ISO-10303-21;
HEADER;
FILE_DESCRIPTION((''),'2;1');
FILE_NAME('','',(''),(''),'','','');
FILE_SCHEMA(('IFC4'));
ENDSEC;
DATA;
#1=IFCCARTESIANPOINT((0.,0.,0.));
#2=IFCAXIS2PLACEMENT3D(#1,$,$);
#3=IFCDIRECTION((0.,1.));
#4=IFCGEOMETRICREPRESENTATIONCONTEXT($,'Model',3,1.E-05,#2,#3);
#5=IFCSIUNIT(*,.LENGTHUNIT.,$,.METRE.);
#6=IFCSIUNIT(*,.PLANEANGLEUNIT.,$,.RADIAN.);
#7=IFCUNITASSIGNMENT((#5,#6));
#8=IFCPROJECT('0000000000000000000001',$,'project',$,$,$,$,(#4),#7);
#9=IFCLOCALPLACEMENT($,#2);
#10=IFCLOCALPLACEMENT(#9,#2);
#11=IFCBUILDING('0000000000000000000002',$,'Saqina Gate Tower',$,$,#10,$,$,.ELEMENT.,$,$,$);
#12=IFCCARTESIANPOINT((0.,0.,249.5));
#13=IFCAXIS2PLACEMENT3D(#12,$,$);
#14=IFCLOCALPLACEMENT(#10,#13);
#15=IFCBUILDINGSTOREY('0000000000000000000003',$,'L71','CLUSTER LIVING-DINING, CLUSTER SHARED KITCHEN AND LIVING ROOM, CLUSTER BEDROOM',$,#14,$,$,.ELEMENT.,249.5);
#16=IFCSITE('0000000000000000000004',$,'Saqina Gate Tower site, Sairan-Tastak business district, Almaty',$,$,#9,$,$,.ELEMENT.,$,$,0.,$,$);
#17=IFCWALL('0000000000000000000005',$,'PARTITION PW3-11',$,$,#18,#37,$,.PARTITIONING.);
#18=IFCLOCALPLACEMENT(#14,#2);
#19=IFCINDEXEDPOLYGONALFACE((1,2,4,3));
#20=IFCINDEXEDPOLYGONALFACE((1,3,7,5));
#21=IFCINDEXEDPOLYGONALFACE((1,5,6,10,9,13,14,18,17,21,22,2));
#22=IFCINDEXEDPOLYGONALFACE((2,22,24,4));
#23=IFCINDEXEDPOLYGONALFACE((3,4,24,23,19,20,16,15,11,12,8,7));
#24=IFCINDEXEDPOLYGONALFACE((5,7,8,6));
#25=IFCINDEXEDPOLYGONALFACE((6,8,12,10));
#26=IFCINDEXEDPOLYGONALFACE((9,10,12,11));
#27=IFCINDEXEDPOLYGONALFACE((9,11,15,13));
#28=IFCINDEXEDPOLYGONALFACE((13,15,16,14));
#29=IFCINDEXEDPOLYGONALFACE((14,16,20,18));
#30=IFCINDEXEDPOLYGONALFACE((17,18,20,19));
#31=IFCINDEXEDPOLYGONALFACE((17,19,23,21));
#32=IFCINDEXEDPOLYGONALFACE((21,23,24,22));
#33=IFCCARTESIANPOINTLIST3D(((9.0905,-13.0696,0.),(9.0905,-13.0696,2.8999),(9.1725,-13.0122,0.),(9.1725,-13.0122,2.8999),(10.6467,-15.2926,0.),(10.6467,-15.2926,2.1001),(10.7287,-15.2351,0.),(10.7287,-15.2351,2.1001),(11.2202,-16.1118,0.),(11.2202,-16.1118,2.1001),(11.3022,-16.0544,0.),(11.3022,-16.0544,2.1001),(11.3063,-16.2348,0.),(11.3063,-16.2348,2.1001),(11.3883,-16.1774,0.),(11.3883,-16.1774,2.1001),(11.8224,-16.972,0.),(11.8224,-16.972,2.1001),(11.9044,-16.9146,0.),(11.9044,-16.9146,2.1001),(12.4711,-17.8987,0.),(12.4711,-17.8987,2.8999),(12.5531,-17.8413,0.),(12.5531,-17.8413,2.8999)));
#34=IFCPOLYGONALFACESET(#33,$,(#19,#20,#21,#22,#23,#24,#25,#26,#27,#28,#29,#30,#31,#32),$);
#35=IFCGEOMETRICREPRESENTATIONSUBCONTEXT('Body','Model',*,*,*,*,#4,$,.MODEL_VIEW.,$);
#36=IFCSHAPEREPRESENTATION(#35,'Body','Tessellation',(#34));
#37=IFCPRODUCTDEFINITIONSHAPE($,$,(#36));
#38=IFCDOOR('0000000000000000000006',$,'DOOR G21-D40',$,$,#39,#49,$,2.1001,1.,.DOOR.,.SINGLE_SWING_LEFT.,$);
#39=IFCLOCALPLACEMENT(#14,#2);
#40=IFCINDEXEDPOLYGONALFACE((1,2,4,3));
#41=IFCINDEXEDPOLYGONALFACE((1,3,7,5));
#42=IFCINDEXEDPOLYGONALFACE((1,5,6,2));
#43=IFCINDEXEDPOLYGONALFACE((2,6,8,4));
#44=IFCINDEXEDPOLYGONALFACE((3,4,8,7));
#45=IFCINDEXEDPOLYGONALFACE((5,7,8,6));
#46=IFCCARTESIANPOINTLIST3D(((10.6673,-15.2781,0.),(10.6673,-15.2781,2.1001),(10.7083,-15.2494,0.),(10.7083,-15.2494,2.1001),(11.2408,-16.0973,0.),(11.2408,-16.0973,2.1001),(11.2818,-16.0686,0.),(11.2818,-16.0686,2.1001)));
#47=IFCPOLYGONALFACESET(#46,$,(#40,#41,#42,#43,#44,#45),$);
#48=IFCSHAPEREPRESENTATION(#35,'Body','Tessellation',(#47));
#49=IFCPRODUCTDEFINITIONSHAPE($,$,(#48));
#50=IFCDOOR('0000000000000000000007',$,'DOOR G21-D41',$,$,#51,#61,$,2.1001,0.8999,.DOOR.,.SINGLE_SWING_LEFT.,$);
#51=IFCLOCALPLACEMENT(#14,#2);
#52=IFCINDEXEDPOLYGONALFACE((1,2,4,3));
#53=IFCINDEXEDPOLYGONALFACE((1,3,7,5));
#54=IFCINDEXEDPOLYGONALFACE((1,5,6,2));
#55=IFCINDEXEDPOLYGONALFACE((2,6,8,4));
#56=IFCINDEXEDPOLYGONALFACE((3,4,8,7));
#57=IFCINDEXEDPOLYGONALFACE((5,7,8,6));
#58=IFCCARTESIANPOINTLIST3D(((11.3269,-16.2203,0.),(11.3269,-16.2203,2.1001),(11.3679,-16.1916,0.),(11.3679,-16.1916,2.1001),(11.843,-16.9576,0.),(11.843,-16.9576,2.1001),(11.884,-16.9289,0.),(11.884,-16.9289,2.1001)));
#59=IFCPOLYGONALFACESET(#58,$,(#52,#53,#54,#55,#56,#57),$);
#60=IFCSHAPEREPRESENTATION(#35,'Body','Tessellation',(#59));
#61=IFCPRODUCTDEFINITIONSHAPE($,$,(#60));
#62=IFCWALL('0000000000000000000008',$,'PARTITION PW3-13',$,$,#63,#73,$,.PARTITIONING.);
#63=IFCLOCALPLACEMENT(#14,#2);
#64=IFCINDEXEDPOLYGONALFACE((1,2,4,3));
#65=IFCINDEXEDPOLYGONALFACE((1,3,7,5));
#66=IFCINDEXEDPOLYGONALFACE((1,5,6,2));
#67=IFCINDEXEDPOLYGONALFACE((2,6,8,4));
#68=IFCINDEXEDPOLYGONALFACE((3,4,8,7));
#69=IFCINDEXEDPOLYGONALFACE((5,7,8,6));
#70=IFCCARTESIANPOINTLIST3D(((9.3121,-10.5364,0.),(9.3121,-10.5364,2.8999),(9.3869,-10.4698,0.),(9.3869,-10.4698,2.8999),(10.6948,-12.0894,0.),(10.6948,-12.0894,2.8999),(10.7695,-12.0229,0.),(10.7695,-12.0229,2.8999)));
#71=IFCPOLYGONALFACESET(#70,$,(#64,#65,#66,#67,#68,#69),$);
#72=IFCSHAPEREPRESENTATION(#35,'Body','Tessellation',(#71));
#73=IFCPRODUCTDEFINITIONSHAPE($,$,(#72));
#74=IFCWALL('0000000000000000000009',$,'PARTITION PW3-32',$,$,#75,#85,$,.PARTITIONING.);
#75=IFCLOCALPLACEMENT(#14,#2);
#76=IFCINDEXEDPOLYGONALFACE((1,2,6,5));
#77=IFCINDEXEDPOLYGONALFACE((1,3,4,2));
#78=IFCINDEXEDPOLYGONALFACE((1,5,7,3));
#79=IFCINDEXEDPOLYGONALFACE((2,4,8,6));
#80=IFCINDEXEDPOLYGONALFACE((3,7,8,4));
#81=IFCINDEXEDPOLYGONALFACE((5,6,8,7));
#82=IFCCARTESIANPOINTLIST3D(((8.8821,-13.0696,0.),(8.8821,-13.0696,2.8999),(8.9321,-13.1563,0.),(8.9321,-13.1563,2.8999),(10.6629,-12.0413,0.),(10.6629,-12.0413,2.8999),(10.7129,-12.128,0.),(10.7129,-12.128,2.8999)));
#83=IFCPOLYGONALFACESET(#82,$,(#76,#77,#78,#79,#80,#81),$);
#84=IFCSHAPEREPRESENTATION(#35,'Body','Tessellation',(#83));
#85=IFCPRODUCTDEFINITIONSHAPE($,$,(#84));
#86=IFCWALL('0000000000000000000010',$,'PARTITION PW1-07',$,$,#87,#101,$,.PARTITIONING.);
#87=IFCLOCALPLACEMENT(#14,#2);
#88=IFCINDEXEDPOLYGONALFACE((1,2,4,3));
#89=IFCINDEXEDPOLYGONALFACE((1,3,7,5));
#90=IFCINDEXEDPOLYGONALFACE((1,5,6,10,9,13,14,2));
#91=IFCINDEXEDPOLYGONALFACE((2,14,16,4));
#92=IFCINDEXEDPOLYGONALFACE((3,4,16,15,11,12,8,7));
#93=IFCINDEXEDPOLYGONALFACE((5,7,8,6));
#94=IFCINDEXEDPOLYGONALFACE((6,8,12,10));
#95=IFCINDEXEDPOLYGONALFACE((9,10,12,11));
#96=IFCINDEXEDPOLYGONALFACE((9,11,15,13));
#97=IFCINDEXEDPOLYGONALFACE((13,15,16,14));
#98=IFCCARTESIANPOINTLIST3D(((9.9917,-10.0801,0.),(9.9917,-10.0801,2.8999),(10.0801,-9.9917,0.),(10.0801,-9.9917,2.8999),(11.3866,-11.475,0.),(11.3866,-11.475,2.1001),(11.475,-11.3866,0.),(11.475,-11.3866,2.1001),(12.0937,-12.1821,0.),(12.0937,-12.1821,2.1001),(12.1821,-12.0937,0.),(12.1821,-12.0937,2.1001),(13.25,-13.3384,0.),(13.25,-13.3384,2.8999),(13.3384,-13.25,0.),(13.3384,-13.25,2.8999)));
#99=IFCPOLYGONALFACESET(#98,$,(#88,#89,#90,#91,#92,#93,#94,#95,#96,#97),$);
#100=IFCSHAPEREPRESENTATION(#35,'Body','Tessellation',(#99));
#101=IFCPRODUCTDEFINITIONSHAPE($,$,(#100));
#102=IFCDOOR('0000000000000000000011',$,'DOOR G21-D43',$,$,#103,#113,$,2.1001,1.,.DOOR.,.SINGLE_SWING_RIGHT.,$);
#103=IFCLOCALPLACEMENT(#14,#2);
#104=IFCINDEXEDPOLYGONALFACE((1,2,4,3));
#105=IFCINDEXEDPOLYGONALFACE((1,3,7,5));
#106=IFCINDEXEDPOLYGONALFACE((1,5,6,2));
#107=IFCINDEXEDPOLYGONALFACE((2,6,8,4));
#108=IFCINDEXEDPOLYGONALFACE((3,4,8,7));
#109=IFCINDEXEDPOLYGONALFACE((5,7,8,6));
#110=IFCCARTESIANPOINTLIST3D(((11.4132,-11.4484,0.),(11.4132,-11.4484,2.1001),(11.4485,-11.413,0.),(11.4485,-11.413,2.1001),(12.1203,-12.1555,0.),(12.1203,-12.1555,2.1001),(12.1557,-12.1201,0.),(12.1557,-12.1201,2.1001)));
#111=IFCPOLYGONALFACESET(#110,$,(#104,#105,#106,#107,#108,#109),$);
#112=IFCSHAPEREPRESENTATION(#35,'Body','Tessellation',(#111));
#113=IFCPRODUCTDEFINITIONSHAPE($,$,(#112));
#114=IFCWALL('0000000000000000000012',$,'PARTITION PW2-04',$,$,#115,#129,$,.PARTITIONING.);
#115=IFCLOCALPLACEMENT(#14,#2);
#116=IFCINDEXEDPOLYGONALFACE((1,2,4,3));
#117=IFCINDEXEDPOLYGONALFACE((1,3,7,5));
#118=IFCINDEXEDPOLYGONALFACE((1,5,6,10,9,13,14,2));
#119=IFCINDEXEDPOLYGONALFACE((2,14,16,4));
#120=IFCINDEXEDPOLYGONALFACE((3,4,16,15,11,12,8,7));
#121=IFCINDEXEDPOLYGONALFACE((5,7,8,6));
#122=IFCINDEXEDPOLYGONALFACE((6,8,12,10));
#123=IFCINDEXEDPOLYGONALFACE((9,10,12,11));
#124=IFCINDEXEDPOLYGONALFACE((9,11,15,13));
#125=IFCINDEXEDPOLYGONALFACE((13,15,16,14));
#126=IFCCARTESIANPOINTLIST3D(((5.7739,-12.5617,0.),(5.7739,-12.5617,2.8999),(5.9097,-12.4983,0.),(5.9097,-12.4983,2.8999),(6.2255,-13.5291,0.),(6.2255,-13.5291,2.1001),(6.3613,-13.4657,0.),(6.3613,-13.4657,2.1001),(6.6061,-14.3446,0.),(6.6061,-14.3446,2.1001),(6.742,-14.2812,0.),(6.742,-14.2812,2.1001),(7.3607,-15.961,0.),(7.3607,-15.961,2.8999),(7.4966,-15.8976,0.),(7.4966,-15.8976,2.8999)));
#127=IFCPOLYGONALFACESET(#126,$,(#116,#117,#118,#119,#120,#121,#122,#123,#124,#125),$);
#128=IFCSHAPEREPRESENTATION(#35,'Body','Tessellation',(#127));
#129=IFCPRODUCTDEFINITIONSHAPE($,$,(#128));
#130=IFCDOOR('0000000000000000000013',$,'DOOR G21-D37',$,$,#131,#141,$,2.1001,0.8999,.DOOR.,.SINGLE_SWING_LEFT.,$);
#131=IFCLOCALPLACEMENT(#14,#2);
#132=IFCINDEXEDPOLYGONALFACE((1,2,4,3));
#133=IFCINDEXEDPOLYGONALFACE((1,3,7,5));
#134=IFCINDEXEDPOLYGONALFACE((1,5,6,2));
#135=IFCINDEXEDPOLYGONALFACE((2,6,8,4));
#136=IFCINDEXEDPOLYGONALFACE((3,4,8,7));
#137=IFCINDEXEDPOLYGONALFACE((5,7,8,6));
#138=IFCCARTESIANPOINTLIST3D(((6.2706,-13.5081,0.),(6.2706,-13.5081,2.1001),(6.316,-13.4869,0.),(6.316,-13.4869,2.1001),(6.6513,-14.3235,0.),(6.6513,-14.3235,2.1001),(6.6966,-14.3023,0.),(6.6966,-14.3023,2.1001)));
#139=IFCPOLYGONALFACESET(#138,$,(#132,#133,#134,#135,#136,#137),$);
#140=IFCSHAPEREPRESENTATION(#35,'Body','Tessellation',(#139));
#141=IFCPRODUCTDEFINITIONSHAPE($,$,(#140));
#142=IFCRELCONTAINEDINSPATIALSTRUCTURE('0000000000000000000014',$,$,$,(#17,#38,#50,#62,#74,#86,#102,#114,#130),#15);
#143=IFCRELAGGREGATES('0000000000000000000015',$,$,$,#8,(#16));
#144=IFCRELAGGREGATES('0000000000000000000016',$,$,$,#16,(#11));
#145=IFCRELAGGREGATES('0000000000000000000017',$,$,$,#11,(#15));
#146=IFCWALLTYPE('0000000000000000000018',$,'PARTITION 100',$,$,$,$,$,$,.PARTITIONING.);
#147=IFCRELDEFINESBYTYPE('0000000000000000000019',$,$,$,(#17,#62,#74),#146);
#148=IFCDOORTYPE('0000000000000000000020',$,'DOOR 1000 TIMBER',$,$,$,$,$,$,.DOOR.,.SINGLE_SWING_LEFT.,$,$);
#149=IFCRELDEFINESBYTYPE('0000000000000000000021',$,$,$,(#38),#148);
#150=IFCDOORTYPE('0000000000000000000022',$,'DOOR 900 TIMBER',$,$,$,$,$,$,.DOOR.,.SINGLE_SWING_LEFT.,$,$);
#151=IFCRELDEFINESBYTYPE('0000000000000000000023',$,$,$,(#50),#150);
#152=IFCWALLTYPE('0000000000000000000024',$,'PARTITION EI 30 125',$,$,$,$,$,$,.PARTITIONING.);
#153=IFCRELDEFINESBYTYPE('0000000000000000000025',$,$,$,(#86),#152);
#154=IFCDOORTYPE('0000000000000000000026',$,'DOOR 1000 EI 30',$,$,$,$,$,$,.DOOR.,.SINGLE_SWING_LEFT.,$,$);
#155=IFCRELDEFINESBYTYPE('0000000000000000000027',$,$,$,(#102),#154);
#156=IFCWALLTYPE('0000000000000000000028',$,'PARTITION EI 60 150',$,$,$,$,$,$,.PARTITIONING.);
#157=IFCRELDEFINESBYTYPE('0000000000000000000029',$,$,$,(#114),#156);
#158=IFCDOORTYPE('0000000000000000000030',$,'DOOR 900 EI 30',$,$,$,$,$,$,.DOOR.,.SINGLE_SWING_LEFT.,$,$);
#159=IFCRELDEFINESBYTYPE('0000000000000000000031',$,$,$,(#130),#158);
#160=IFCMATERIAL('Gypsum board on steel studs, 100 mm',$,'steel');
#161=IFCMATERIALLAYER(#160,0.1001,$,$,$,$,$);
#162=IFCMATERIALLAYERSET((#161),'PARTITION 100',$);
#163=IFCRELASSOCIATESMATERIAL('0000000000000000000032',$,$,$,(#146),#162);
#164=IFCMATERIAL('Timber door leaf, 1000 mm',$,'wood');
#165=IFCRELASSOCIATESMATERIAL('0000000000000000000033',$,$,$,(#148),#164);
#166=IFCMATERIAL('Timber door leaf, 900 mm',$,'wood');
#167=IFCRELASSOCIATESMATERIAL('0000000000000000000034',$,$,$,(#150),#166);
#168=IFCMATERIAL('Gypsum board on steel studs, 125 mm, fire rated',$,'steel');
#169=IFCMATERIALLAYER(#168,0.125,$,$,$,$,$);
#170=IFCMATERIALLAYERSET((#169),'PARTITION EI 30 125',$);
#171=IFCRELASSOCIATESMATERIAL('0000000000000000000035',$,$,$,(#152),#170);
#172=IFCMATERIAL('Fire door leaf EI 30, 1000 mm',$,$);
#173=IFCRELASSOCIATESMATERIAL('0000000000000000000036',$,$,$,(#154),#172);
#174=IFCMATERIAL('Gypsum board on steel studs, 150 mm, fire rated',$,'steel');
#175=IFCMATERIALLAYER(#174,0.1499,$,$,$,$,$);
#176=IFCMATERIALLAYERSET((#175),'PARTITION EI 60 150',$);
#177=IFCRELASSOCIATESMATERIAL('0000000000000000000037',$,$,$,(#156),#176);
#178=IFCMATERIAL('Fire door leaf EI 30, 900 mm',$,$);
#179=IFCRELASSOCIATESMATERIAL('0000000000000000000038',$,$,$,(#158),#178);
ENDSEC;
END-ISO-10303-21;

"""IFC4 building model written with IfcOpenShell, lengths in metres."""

from ifc_helpers import new_model, si_unit, direction, frame, frame_2d, origin, place, context, subcontext, project, spatial, rectangle, extrude, material, layer, layer_set, type_object, element, fill, save


model = new_model("IFC4")

# Units and contexts
model_context = context("Model", 3, precision=1e-05, world=origin(), true_north=direction((0.0, 1.0)))
body_context = subcontext(model_context, "Body", "Model", "MODEL_VIEW")
ifc_project = project(units=[si_unit("LENGTHUNIT", "METRE"), si_unit("PLANEANGLEUNIT", "RADIAN")], contexts=[model_context])

# Site, building, storey
site_placement = place(None, origin())
site = spatial("IfcSite", under=ifc_project, at=site_placement, Name="Saqina Gate Tower site, Sairan-Tastak business district, Almaty", CompositionType="ELEMENT", RefElevation=0.0)
building_placement = place(site_placement, origin())
building = spatial("IfcBuilding", under=site, at=building_placement, Name="Saqina Gate Tower", CompositionType="ELEMENT")
storey_placement = place(building_placement, frame((0.0, 0.0, 249.5)))
storey = spatial("IfcBuildingStorey", under=building, at=storey_placement, Name="L71", Description="CLUSTER LIVING-DINING, CLUSTER SHARED KITCHEN AND LIVING ROOM, CLUSTER BEDROOM", CompositionType="ELEMENT", Elevation=249.5)

# Shared definitions
ifc_material_1 = material(Name="Gypsum board on steel studs, 100 mm", Category="steel")
ifc_layer_1 = layer(ifc_material_1, 0.1001)
ifc_layer_set_1 = layer_set([ifc_layer_1], Name="PARTITION 100")
wall_type_1 = type_object("IfcWallType", Name="PARTITION 100", PredefinedType="PARTITIONING", material=ifc_layer_set_1)

# Wall, openings, doors
wall_1_placement = place(storey_placement, frame((9.1316, -13.041, 0.0), z_axis=(0.0, 0.0, 1.0), x_axis=(0.57349, -0.819212, 0.0)))
wall_1 = element("IfcWall", 1, at=wall_1_placement, inside=storey, type_object=wall_type_1, Name="PARTITION PW3-11", PredefinedType="PARTITIONING", context=body_context, shape_type="SweptSolid", body=[
    extrude(rectangle(XDim=5.8948, YDim=0.1001, at=frame_2d((2.9473, 0.0))), origin(), (0.0, 0.0, 1.0), 2.8999),
])
opening_1_placement = place(wall_1_placement, frame((2.7134, 0.0, 0.0)))
opening_1 = element("IfcOpeningElement", 2, at=opening_1_placement, cuts=wall_1, PredefinedType="OPENING", context=body_context, shape_type="SweptSolid", body=[
    extrude(rectangle(XDim=1.0, YDim=2.1001, at=frame_2d((0.5, 1.05))), frame((0.0, 0.062, 0.0), z_axis=(0.0, -1.0, 0.0), x_axis=(1.0, 0.0, 0.0)), (0.0, 0.0, 1.0), 0.124),
])
opening_2_placement = place(wall_1_placement, frame((3.8635, 0.0, 0.0)))
opening_2 = element("IfcOpeningElement", 3, at=opening_2_placement, cuts=wall_1, PredefinedType="OPENING", context=body_context, shape_type="SweptSolid", body=[
    extrude(rectangle(XDim=0.8999, YDim=2.1001, at=frame_2d((0.45, 1.05))), frame((0.0, 0.062, 0.0), z_axis=(0.0, -1.0, 0.0), x_axis=(1.0, 0.0, 0.0)), (0.0, 0.0, 1.0), 0.124),
])
ifc_material_2 = material(Name="Timber door leaf, 1000 mm", Category="wood")
door_type_1 = type_object("IfcDoorType", Name="DOOR 1000 TIMBER", OperationType="SINGLE_SWING_LEFT", PredefinedType="DOOR", material=ifc_material_2)
door_1_placement = place(opening_1_placement, frame((1.0, 0.0, 0.0), z_axis=(0.0, 0.0, 1.0), x_axis=(-1.0, 0.0, 0.0)))
door_1 = element("IfcDoor", 4, at=door_1_placement, inside=storey, type_object=door_type_1, Name="DOOR G21-D40", OperationType="SINGLE_SWING_LEFT", OverallHeight=2.1001, OverallWidth=1.0, PredefinedType="DOOR", context=body_context, shape_type="SweptSolid", body=[
    extrude(rectangle(XDim=1.0, YDim=2.1001, at=frame_2d((0.5, 1.05))), frame((0.0, 0.0249, 0.0), z_axis=(0.0, -1.0, 0.0), x_axis=(1.0, 0.0, 0.0)), (0.0, 0.0, 1.0), 0.05),
])
fill(opening_1, door_1)
ifc_material_3 = material(Name="Timber door leaf, 900 mm", Category="wood")
door_type_2 = type_object("IfcDoorType", Name="DOOR 900 TIMBER", OperationType="SINGLE_SWING_LEFT", PredefinedType="DOOR", material=ifc_material_3)
door_2_placement = place(opening_2_placement, frame((0.8999, 0.0, 0.0), z_axis=(0.0, 0.0, 1.0), x_axis=(-1.0, 0.0, 0.0)))
door_2 = element("IfcDoor", 5, at=door_2_placement, inside=storey, type_object=door_type_2, Name="DOOR G21-D41", OperationType="SINGLE_SWING_LEFT", OverallHeight=2.1001, OverallWidth=0.8999, PredefinedType="DOOR", context=body_context, shape_type="SweptSolid", body=[
    extrude(rectangle(XDim=0.8999, YDim=2.1001, at=frame_2d((0.45, 1.05))), frame((0.0, 0.0249, 0.0), z_axis=(0.0, -1.0, 0.0), x_axis=(1.0, 0.0, 0.0)), (0.0, 0.0, 1.0), 0.05),
])
fill(opening_2, door_2)

# Walls
wall_2_placement = place(storey_placement, frame((9.3496, -10.5032, 0.0), z_axis=(0.0, 0.0, 1.0), x_axis=(0.664939, -0.746897, 0.0)))
element("IfcWall", 6, at=wall_2_placement, inside=storey, type_object=wall_type_1, Name="PARTITION PW3-13", PredefinedType="PARTITIONING", context=body_context, shape_type="SweptSolid", body=[
    extrude(rectangle(XDim=2.0793, YDim=0.1001, at=frame_2d((1.0396, 0.0))), origin(), (0.0, 0.0, 1.0), 2.8999),
])
wall_3_placement = place(storey_placement, frame((8.907, -13.113, 0.0), z_axis=(0.0, 0.0, 1.0), x_axis=(0.865984, 0.500072, 0.0)))
element("IfcWall", 7, at=wall_3_placement, inside=storey, type_object=wall_type_1, Name="PARTITION PW3-32", PredefinedType="PARTITIONING", context=body_context, shape_type="SweptSolid", body=[
    extrude(rectangle(XDim=2.0564, YDim=0.1001, at=frame_2d((1.0283, 0.0))), origin(), (0.0, 0.0, 1.0), 2.8999),
])

# Walls, openings, doors
ifc_material_4 = material(Name="Gypsum board on steel studs, 125 mm, fire rated", Category="steel")
ifc_layer_2 = layer(ifc_material_4, 0.125)
ifc_layer_set_2 = layer_set([ifc_layer_2], Name="PARTITION EI 30 125")
wall_type_2 = type_object("IfcWallType", Name="PARTITION EI 30 125", PredefinedType="PARTITIONING", material=ifc_layer_set_2)
wall_4_placement = place(storey_placement, frame((10.0359, -10.0359, 0.0), z_axis=(0.0, 0.0, 1.0), x_axis=(0.707107, -0.707107, 0.0)))
wall_4 = element("IfcWall", 8, at=wall_4_placement, inside=storey, type_object=wall_type_2, Name="PARTITION PW1-07", PredefinedType="PARTITIONING", context=body_context, shape_type="SweptSolid", body=[
    extrude(rectangle(XDim=4.6079, YDim=0.125, at=frame_2d((2.304, 0.0))), origin(), (0.0, 0.0, 1.0), 2.8999),
])
opening_3_placement = place(wall_4_placement, frame((1.9727, 0.0, 0.0)))
opening_3 = element("IfcOpeningElement", 9, at=opening_3_placement, cuts=wall_4, PredefinedType="OPENING", context=body_context, shape_type="SweptSolid", body=[
    extrude(rectangle(XDim=1.0, YDim=2.1001, at=frame_2d((0.5, 1.05))), frame((0.0, 0.0745, 0.0), z_axis=(0.0, -1.0, 0.0), x_axis=(1.0, 0.0, 0.0)), (0.0, 0.0, 1.0), 0.1489),
])
ifc_material_5 = material(Name="Fire door leaf EI 30, 1000 mm")
door_type_3 = type_object("IfcDoorType", Name="DOOR 1000 EI 30", OperationType="SINGLE_SWING_LEFT", PredefinedType="DOOR", material=ifc_material_5)
door_3_placement = place(opening_3_placement, frame((1.0, 0.0, 0.0), z_axis=(0.0, 0.0, 1.0), x_axis=(-1.0, 0.0, 0.0)))
door_3 = element("IfcDoor", 10, at=door_3_placement, inside=storey, type_object=door_type_3, Name="DOOR G21-D43", OperationType="SINGLE_SWING_RIGHT", OverallHeight=2.1001, OverallWidth=1.0, PredefinedType="DOOR", context=body_context, shape_type="SweptSolid", body=[
    extrude(rectangle(XDim=1.0, YDim=2.1001, at=frame_2d((0.5, 1.05))), frame((0.0, 0.0249, 0.0), z_axis=(0.0, -1.0, 0.0), x_axis=(1.0, 0.0, 0.0)), (0.0, 0.0, 1.0), 0.05),
])
fill(opening_3, door_3)
ifc_material_6 = material(Name="Gypsum board on steel studs, 150 mm, fire rated", Category="steel")
ifc_layer_3 = layer(ifc_material_6, 0.1499)
ifc_layer_set_3 = layer_set([ifc_layer_3], Name="PARTITION EI 60 150")
wall_type_3 = type_object("IfcWallType", Name="PARTITION EI 60 150", PredefinedType="PARTITIONING", material=ifc_layer_set_3)
wall_5_placement = place(storey_placement, frame((5.8418, -12.53, 0.0), z_axis=(0.0, 0.0, 1.0), x_axis=(0.422999, -0.90613, 0.0)))
wall_5 = element("IfcWall", 11, at=wall_5_placement, inside=storey, type_object=wall_type_3, Name="PARTITION PW2-04", PredefinedType="PARTITIONING", context=body_context, shape_type="SweptSolid", body=[
    extrude(rectangle(XDim=3.7515, YDim=0.1499, at=frame_2d((1.8757, 0.0))), origin(), (0.0, 0.0, 1.0), 2.8999),
])
opening_4_placement = place(wall_5_placement, frame((1.0676, 0.0, 0.0)))
opening_4 = element("IfcOpeningElement", 12, at=opening_4_placement, cuts=wall_5, PredefinedType="OPENING", context=body_context, shape_type="SweptSolid", body=[
    extrude(rectangle(XDim=0.8999, YDim=2.1001, at=frame_2d((0.45, 1.05))), frame((0.0, 0.0869, 0.0), z_axis=(0.0, -1.0, 0.0), x_axis=(1.0, 0.0, 0.0)), (0.0, 0.0, 1.0), 0.1738),
])
ifc_material_7 = material(Name="Fire door leaf EI 30, 900 mm")
door_type_4 = type_object("IfcDoorType", Name="DOOR 900 EI 30", OperationType="SINGLE_SWING_LEFT", PredefinedType="DOOR", material=ifc_material_7)
door_4_placement = place(opening_4_placement, origin())
door_4 = element("IfcDoor", 13, at=door_4_placement, inside=storey, type_object=door_type_4, Name="DOOR G21-D37", OperationType="SINGLE_SWING_LEFT", OverallHeight=2.1001, OverallWidth=0.8999, PredefinedType="DOOR", context=body_context, shape_type="SweptSolid", body=[
    extrude(rectangle(XDim=0.8999, YDim=2.1001, at=frame_2d((0.45, 1.05))), frame((0.0, 0.0249, 0.0), z_axis=(0.0, -1.0, 0.0), x_axis=(1.0, 0.0, 0.0)), (0.0, 0.0, 1.0), 0.05),
])
fill(opening_4, door_4)

save(model, "model.ifc")
